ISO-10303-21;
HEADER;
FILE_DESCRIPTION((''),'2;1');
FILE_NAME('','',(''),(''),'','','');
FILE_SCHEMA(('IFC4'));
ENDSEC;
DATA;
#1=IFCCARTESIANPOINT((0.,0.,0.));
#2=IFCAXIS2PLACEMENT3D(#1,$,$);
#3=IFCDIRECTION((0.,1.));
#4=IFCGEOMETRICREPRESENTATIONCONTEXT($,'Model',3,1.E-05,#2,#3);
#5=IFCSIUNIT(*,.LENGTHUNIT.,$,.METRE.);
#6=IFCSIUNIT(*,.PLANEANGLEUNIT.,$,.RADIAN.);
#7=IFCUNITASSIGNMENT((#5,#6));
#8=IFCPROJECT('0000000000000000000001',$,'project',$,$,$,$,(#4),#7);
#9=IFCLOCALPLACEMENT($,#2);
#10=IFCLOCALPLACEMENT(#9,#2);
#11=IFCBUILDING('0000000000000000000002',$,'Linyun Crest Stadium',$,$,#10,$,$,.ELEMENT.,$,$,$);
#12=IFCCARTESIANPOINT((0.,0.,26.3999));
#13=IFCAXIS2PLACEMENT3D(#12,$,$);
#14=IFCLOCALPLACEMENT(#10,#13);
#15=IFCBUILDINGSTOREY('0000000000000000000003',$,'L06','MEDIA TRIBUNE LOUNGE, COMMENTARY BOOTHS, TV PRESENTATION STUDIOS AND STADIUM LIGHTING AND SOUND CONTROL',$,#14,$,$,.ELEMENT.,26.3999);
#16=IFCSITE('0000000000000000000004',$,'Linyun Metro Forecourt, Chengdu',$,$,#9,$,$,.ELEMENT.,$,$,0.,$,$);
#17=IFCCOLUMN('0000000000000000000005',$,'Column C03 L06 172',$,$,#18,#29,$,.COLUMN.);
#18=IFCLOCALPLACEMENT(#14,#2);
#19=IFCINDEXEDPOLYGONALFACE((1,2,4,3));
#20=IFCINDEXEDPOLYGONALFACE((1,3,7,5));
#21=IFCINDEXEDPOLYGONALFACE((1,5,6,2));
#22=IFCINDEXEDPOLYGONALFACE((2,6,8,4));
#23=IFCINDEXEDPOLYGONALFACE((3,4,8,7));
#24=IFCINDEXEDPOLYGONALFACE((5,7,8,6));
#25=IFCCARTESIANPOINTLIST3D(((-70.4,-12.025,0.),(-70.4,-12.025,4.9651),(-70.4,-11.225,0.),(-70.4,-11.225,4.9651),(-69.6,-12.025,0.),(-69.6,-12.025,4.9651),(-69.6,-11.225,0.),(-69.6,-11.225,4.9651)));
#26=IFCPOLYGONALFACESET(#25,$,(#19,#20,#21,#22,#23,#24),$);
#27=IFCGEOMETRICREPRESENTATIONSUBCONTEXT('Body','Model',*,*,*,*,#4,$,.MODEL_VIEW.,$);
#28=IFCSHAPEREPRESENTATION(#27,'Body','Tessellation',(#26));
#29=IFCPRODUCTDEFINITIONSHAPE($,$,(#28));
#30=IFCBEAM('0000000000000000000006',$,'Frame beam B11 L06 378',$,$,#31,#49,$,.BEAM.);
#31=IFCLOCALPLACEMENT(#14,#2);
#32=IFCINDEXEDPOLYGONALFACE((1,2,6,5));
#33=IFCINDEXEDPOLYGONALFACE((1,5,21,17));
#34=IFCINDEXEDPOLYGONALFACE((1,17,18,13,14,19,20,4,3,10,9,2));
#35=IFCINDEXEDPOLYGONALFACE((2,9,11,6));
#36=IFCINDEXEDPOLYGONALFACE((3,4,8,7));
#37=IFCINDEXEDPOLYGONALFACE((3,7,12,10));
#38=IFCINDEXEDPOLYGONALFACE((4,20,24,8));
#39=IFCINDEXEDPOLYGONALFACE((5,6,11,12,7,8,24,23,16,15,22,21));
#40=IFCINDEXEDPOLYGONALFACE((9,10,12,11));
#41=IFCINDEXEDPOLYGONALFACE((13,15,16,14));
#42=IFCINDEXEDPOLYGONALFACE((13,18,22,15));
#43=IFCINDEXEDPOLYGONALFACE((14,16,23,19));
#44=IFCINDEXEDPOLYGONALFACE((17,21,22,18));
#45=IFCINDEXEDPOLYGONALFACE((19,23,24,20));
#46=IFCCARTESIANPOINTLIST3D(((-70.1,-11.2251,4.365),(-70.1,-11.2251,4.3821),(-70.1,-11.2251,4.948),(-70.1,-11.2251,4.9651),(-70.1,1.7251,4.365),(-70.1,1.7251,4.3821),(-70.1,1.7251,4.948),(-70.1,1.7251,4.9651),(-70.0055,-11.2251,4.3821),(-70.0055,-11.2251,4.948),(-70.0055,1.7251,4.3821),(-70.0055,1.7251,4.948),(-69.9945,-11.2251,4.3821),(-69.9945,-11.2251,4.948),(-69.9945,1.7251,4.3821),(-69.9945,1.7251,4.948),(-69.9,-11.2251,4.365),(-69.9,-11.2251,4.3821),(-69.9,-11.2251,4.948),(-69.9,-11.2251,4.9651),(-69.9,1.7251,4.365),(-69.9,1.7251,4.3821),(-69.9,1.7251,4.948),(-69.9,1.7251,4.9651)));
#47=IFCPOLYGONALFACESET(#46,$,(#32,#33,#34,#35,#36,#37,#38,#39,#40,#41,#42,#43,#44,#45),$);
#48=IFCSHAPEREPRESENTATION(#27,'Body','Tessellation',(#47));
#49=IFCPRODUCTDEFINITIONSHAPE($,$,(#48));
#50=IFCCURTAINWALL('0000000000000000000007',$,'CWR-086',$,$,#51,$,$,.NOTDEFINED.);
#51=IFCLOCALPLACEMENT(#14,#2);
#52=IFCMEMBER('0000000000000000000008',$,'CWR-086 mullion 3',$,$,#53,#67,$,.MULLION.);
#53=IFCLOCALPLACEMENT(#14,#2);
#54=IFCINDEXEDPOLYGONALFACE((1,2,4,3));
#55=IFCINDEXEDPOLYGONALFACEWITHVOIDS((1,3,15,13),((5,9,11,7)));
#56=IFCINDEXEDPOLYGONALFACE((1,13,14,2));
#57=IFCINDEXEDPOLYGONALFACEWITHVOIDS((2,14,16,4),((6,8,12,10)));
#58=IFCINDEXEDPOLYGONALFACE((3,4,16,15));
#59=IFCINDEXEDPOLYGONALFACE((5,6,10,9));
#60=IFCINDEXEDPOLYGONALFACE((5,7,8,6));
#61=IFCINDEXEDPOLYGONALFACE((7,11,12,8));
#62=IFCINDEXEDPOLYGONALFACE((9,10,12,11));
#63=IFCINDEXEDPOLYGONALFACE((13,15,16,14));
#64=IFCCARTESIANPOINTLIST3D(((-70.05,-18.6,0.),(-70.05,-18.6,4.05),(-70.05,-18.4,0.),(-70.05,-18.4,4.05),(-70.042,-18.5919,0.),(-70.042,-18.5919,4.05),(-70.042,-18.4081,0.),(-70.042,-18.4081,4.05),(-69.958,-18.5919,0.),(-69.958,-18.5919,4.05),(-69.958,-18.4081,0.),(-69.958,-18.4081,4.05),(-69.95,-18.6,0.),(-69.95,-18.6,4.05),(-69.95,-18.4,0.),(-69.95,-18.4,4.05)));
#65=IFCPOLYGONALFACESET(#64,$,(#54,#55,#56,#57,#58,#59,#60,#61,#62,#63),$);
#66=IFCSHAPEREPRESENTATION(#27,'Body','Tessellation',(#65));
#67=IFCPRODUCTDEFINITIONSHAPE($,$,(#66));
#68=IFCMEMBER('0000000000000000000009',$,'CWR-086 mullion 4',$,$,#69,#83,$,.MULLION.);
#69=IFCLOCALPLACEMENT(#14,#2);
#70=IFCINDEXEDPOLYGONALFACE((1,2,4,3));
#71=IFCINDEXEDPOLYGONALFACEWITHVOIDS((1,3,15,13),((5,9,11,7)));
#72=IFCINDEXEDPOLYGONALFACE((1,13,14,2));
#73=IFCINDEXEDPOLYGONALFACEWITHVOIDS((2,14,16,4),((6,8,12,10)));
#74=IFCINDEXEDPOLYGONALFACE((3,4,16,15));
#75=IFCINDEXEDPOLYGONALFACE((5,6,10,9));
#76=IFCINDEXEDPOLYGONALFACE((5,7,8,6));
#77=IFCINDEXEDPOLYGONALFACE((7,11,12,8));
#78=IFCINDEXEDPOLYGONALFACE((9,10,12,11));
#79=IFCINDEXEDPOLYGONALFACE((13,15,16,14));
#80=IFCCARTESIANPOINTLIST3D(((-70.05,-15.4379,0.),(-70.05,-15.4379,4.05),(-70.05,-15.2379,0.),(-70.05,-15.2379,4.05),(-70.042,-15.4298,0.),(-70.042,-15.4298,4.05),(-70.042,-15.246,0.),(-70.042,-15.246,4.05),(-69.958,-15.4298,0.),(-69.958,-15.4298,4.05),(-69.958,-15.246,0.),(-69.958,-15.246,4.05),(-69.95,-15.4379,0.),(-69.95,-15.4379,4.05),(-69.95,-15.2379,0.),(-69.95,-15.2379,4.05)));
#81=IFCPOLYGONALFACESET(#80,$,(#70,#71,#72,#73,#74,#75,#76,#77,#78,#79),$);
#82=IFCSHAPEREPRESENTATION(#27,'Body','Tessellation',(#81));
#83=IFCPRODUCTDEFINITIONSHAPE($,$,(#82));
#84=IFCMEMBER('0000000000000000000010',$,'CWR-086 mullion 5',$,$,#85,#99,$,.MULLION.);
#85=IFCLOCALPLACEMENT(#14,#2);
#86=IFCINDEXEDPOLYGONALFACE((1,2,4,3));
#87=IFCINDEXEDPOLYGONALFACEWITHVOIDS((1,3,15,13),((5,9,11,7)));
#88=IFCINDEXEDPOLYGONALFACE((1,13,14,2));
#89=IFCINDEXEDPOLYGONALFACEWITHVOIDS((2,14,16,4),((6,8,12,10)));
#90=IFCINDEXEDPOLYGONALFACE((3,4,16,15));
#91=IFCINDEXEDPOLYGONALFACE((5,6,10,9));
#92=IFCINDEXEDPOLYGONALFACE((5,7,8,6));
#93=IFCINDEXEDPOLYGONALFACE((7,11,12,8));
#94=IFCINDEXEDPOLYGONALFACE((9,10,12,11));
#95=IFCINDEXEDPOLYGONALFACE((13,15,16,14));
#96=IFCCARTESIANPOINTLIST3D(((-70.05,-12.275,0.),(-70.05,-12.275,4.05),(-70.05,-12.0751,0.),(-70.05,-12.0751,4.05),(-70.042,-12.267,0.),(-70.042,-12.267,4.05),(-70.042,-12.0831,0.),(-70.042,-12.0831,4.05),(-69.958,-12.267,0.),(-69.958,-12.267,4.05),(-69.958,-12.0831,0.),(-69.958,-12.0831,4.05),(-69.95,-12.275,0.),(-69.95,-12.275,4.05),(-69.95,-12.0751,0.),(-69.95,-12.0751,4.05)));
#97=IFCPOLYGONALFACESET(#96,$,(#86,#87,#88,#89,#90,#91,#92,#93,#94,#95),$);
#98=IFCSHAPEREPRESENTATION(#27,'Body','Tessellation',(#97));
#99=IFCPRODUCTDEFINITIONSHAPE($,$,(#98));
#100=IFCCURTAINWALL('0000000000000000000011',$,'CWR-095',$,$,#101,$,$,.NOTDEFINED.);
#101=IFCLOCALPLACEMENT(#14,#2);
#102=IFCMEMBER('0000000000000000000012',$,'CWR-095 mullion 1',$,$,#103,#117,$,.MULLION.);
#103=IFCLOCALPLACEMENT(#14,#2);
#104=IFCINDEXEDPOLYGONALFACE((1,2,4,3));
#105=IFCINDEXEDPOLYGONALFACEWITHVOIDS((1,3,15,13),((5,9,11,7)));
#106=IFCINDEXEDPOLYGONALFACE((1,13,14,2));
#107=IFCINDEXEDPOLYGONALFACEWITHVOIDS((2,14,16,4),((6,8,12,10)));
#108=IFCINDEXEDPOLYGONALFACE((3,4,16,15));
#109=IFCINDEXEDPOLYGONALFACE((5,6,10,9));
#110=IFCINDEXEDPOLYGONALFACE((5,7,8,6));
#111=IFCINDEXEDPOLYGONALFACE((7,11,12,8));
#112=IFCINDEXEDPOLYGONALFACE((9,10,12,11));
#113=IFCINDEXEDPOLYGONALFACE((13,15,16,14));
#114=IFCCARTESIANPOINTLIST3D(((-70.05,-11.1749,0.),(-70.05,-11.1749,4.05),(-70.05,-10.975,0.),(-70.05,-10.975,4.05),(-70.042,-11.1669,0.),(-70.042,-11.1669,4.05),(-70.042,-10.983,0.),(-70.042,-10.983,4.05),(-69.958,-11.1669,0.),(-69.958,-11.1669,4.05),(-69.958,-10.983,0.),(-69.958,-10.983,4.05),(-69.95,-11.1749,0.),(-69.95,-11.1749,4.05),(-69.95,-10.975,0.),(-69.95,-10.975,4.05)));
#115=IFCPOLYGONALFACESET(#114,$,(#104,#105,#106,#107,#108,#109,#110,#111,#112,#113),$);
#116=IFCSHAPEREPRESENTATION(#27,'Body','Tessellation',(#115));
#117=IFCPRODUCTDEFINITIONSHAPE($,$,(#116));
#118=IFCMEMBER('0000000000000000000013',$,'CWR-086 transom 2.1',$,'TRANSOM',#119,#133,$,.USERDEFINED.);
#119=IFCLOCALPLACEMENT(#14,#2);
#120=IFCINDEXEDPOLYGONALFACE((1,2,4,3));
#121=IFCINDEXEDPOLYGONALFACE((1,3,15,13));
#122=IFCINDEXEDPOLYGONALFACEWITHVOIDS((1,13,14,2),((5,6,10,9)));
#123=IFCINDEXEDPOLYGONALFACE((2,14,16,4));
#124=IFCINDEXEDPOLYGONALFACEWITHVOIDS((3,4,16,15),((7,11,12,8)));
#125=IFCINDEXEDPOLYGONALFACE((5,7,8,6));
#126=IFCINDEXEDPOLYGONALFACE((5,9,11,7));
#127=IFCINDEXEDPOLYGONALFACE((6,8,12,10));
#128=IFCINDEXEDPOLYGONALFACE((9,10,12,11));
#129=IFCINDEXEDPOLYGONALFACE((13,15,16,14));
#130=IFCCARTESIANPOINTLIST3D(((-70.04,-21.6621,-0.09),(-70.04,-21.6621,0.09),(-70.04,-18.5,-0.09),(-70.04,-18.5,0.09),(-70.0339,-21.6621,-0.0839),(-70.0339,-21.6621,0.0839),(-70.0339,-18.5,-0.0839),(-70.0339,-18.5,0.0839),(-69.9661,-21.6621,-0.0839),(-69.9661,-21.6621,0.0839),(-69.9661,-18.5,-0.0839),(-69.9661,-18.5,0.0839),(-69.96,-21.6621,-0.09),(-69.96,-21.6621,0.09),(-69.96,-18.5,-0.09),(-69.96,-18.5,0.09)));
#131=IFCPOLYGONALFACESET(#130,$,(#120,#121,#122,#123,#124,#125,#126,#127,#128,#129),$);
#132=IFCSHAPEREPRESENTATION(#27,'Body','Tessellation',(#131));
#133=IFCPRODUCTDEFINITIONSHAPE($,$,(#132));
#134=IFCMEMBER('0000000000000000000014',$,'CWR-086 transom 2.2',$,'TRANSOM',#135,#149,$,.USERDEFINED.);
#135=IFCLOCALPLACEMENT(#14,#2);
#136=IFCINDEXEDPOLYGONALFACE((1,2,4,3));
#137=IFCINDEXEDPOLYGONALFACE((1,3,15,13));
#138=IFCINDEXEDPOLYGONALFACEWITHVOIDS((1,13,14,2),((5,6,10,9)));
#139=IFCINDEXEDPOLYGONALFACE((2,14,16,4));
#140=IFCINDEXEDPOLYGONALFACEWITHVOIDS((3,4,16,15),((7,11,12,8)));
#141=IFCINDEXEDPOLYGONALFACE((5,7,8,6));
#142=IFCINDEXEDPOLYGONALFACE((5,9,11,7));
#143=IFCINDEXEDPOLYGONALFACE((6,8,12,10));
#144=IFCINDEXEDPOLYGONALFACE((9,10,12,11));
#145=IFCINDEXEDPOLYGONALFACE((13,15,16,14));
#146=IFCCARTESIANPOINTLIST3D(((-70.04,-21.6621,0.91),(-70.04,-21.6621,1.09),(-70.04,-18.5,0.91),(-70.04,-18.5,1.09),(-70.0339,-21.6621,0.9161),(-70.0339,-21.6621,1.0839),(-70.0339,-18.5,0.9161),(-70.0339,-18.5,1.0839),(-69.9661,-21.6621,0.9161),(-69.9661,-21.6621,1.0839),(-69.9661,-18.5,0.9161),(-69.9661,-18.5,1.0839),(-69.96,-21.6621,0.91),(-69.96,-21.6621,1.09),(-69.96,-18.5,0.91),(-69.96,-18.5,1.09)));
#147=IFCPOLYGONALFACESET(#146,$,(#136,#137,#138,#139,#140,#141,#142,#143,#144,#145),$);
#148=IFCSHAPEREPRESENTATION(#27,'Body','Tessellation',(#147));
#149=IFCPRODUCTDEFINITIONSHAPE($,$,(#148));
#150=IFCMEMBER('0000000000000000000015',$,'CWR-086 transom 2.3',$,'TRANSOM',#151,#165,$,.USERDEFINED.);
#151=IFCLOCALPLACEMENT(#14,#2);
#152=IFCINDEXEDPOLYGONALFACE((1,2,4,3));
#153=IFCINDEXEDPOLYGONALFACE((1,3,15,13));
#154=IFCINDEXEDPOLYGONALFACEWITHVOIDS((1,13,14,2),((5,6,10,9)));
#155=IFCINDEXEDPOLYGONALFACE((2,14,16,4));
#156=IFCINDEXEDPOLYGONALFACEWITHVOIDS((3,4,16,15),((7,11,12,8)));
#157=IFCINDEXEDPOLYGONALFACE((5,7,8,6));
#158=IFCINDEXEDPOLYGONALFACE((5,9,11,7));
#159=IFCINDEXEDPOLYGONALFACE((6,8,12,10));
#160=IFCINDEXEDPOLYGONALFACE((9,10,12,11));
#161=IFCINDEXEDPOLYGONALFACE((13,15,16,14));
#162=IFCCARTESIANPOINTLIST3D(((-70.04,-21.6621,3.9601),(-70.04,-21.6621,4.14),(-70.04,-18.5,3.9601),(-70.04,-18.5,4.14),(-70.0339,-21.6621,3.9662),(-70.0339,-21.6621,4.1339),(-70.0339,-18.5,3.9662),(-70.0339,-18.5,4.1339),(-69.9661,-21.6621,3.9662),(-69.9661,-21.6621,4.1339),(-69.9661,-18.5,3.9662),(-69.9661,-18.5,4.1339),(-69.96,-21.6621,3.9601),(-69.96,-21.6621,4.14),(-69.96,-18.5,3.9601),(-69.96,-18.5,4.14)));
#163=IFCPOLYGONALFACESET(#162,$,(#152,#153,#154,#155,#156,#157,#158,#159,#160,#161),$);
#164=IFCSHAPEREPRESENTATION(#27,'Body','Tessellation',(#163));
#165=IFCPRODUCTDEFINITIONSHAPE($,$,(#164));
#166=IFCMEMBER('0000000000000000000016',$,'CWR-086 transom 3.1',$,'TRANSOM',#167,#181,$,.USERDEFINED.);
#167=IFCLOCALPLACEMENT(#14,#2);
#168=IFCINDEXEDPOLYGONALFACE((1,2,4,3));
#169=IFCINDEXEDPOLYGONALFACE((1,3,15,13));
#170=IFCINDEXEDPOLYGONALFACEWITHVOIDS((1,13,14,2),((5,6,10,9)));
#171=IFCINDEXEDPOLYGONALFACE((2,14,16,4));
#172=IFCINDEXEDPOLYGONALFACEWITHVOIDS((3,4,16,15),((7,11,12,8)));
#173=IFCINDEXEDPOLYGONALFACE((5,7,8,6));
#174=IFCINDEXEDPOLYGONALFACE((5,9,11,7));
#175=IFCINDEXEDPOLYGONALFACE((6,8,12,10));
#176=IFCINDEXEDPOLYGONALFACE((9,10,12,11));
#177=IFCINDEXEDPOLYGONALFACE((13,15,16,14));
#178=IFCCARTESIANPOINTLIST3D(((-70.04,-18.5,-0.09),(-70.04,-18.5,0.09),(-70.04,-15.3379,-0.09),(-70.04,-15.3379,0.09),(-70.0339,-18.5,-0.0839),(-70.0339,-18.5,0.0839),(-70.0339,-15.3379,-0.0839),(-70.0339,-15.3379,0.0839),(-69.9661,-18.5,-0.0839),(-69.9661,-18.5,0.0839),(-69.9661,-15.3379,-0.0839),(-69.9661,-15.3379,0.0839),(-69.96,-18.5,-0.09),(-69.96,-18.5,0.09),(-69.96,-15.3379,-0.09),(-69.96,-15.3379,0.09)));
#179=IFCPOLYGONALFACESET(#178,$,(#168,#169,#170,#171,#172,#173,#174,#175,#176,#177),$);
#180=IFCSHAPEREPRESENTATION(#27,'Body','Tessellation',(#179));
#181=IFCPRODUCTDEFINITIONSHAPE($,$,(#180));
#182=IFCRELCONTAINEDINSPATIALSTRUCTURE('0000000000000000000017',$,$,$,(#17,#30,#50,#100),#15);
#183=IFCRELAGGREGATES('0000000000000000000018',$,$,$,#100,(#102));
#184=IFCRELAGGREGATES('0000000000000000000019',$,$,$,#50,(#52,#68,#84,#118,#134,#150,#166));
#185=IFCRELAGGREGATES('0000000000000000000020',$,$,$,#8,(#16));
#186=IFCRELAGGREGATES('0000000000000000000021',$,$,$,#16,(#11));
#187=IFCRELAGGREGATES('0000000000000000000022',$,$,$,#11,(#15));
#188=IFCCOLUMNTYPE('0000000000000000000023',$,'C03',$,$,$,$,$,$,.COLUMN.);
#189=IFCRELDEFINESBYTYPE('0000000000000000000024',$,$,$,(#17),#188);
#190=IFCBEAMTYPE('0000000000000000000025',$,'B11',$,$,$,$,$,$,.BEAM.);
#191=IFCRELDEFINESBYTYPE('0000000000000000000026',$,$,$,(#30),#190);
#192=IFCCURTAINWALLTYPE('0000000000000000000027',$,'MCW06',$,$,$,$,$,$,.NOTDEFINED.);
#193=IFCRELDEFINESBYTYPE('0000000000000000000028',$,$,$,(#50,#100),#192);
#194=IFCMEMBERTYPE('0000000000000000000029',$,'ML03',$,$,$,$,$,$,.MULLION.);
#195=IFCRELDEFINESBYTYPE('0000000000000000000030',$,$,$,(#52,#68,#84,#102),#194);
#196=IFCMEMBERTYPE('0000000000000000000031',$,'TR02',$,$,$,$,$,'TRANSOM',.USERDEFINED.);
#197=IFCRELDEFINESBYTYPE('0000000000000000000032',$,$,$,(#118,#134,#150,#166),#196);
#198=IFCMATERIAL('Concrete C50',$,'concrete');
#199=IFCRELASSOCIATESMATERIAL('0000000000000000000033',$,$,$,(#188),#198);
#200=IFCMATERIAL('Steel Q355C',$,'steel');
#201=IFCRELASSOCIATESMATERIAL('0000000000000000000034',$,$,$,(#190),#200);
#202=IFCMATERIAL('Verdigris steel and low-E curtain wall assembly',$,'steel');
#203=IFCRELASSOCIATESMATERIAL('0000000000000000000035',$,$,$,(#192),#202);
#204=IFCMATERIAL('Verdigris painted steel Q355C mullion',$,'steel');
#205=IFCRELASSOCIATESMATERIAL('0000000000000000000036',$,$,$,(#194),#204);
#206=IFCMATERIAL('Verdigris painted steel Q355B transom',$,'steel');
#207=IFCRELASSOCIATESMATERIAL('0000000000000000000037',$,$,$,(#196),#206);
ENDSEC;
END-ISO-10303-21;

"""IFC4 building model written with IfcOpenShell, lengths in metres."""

from ifc_helpers import new_model, si_unit, direction, frame, origin, origin_2d, place, context, subcontext, project, spatial, rectangle, hollow_rectangle, i_section, extrude, material, material_profile, profile_set, type_object, element, aggregate, save


model = new_model("IFC4")

# Units and contexts
model_context = context("Model", 3, precision=1e-05, world=origin(), true_north=direction((0.0, 1.0)))
body_context = subcontext(model_context, "Body", "Model", "MODEL_VIEW")
ifc_project = project(units=[si_unit("LENGTHUNIT", "METRE"), si_unit("PLANEANGLEUNIT", "RADIAN")], contexts=[model_context])

# Site, building, storey
site_placement = place(None, origin())
site = spatial("IfcSite", under=ifc_project, at=site_placement, Name="Linyun Metro Forecourt, Chengdu", CompositionType="ELEMENT", RefElevation=0.0)
building_placement = place(site_placement, origin())
building = spatial("IfcBuilding", under=site, at=building_placement, Name="Linyun Crest Stadium", CompositionType="ELEMENT")
storey_placement = place(building_placement, frame((0.0, 0.0, 26.3999)))
storey = spatial("IfcBuildingStorey", under=building, at=storey_placement, Name="L06", Description="MEDIA TRIBUNE LOUNGE, COMMENTARY BOOTHS, TV PRESENTATION STUDIOS AND STADIUM LIGHTING AND SOUND CONTROL", CompositionType="ELEMENT", Elevation=26.3999)

# Column
ifc_material_1 = material(Name="Concrete C50", Category="concrete")
ifc_material_profile_1 = material_profile(ifc_material_1, rectangle(XDim=0.8, YDim=0.8, at=origin_2d()), Name="RC 800x800")
ifc_profile_set_1 = profile_set([ifc_material_profile_1], Name="Concrete C50")
column_type = type_object("IfcColumnType", Name="C03", PredefinedType="COLUMN", material=ifc_profile_set_1)
column_placement = place(storey_placement, frame((-70.0, -11.625, 0.0), z_axis=(0.0, 0.0, 1.0), x_axis=(1.0, 0.0, 0.0)))
element("IfcColumn", 1, at=column_placement, inside=storey, type_object=column_type, Name="Column C03 L06 172", PredefinedType="COLUMN", context=body_context, shape_type="SweptSolid", body=[
    extrude(rectangle(XDim=0.8, YDim=0.8, at=origin_2d()), origin(), (0.0, 0.0, 1.0), 4.9651),
])

# Beam
ifc_material_2 = material(Name="Steel Q355C", Category="steel")
ifc_material_profile_2 = material_profile(ifc_material_2, i_section(OverallWidth=0.2, OverallDepth=0.6001, WebThickness=0.011, FlangeThickness=0.0171, at=origin_2d()), Name="HN 600x200")
ifc_profile_set_2 = profile_set([ifc_material_profile_2], Name="Steel Q355C")
beam_type = type_object("IfcBeamType", Name="B11", PredefinedType="BEAM", material=ifc_profile_set_2)
beam_placement = place(storey_placement, frame((-70.0, -11.2251, 4.665), z_axis=(0.0, 1.0, 0.0), x_axis=(-1.0, 0.0, 0.0)))
element("IfcBeam", 2, at=beam_placement, inside=storey, type_object=beam_type, Name="Frame beam B11 L06 378", PredefinedType="BEAM", context=body_context, shape_type="SweptSolid", body=[
    extrude(i_section(OverallWidth=0.2, OverallDepth=0.6001, WebThickness=0.011, FlangeThickness=0.0171, at=origin_2d()), origin(), (0.0, 0.0, 1.0), 12.9502),
])

# Curtain wall, members
ifc_material_3 = material(Name="Verdigris steel and low-E curtain wall assembly", Category="steel")
curtain_wall_type = type_object("IfcCurtainWallType", Name="MCW06", PredefinedType="NOTDEFINED", material=ifc_material_3)
curtain_wall_1_placement = place(storey_placement, origin())
curtain_wall_1 = element("IfcCurtainWall", 3, at=curtain_wall_1_placement, inside=storey, type_object=curtain_wall_type, Name="CWR-086", PredefinedType="NOTDEFINED")
ifc_material_4 = material(Name="Verdigris painted steel Q355C mullion", Category="steel")
ifc_material_profile_3 = material_profile(ifc_material_4, hollow_rectangle(XDim=0.1001, YDim=0.2, WallThickness=0.0081, at=origin_2d()), Name="RHS 200x100x8")
ifc_profile_set_3 = profile_set([ifc_material_profile_3], Name="Verdigris painted steel Q355C mullion")
member_type_1 = type_object("IfcMemberType", Name="ML03", PredefinedType="MULLION", material=ifc_profile_set_3)
member_1_placement = place(storey_placement, frame((-70.0, -18.5, 0.0), z_axis=(0.0, 0.0, 1.0), x_axis=(-1.0, 0.0, 0.0)))
member_1 = element("IfcMember", 4, at=member_1_placement, type_object=member_type_1, Name="CWR-086 mullion 3", PredefinedType="MULLION", context=body_context, shape_type="SweptSolid", body=[
    extrude(hollow_rectangle(XDim=0.1001, YDim=0.2, WallThickness=0.0081, at=origin_2d()), origin(), (0.0, 0.0, 1.0), 4.05),
])
member_2_placement = place(storey_placement, frame((-70.0, -15.3379, 0.0), z_axis=(0.0, 0.0, 1.0), x_axis=(-1.0, 0.0, 0.0)))
member_2 = element("IfcMember", 5, at=member_2_placement, type_object=member_type_1, Name="CWR-086 mullion 4", PredefinedType="MULLION", context=body_context, shape_type="SweptSolid", body=[
    extrude(hollow_rectangle(XDim=0.1001, YDim=0.2, WallThickness=0.0081, at=origin_2d()), origin(), (0.0, 0.0, 1.0), 4.05),
])
member_3_placement = place(storey_placement, frame((-70.0, -12.175, 0.0), z_axis=(0.0, 0.0, 1.0), x_axis=(-1.0, 0.0, 0.0)))
member_3 = element("IfcMember", 6, at=member_3_placement, type_object=member_type_1, Name="CWR-086 mullion 5", PredefinedType="MULLION", context=body_context, shape_type="SweptSolid", body=[
    extrude(hollow_rectangle(XDim=0.1001, YDim=0.2, WallThickness=0.0081, at=origin_2d()), origin(), (0.0, 0.0, 1.0), 4.05),
])

# Curtain wall, member
curtain_wall_2_placement = place(storey_placement, origin())
curtain_wall_2 = element("IfcCurtainWall", 7, at=curtain_wall_2_placement, inside=storey, type_object=curtain_wall_type, Name="CWR-095", PredefinedType="NOTDEFINED")
member_4_placement = place(storey_placement, frame((-70.0, -11.075, 0.0), z_axis=(0.0, 0.0, 1.0), x_axis=(-1.0, 0.0, 0.0)))
member_4 = element("IfcMember", 8, at=member_4_placement, type_object=member_type_1, Name="CWR-095 mullion 1", PredefinedType="MULLION", context=body_context, shape_type="SweptSolid", body=[
    extrude(hollow_rectangle(XDim=0.1001, YDim=0.2, WallThickness=0.0081, at=origin_2d()), origin(), (0.0, 0.0, 1.0), 4.05),
])

# Members
ifc_material_5 = material(Name="Verdigris painted steel Q355B transom", Category="steel")
ifc_material_profile_4 = material_profile(ifc_material_5, hollow_rectangle(XDim=0.0801, YDim=0.1799, WallThickness=0.0061, at=origin_2d()), Name="RHS 180x80x6")
ifc_profile_set_4 = profile_set([ifc_material_profile_4], Name="Verdigris painted steel Q355B transom")
member_type_2 = type_object("IfcMemberType", Name="TR02", ElementType="TRANSOM", PredefinedType="USERDEFINED", material=ifc_profile_set_4)
member_5_placement = place(storey_placement, frame((-70.0, -21.6621, 0.0), z_axis=(0.0, 1.0, 0.0), x_axis=(-1.0, 0.0, 0.0)))
member_5 = element("IfcMember", 9, at=member_5_placement, type_object=member_type_2, Name="CWR-086 transom 2.1", ObjectType="TRANSOM", PredefinedType="USERDEFINED", context=body_context, shape_type="SweptSolid", body=[
    extrude(hollow_rectangle(XDim=0.0801, YDim=0.1799, WallThickness=0.0061, at=origin_2d()), origin(), (0.0, 0.0, 1.0), 3.1621),
])
member_6_placement = place(storey_placement, frame((-70.0, -21.6621, 1.0), z_axis=(0.0, 1.0, 0.0), x_axis=(-1.0, 0.0, 0.0)))
member_6 = element("IfcMember", 10, at=member_6_placement, type_object=member_type_2, Name="CWR-086 transom 2.2", ObjectType="TRANSOM", PredefinedType="USERDEFINED", context=body_context, shape_type="SweptSolid", body=[
    extrude(hollow_rectangle(XDim=0.0801, YDim=0.1799, WallThickness=0.0061, at=origin_2d()), origin(), (0.0, 0.0, 1.0), 3.1621),
])
member_7_placement = place(storey_placement, frame((-70.0, -21.6621, 4.05), z_axis=(0.0, 1.0, 0.0), x_axis=(-1.0, 0.0, 0.0)))
member_7 = element("IfcMember", 11, at=member_7_placement, type_object=member_type_2, Name="CWR-086 transom 2.3", ObjectType="TRANSOM", PredefinedType="USERDEFINED", context=body_context, shape_type="SweptSolid", body=[
    extrude(hollow_rectangle(XDim=0.0801, YDim=0.1799, WallThickness=0.0061, at=origin_2d()), origin(), (0.0, 0.0, 1.0), 3.1621),
])
member_8_placement = place(storey_placement, frame((-70.0, -18.5, 0.0), z_axis=(0.0, 1.0, 0.0), x_axis=(-1.0, 0.0, 0.0)))
member_8 = element("IfcMember", 12, at=member_8_placement, type_object=member_type_2, Name="CWR-086 transom 3.1", ObjectType="TRANSOM", PredefinedType="USERDEFINED", context=body_context, shape_type="SweptSolid", body=[
    extrude(hollow_rectangle(XDim=0.0801, YDim=0.1799, WallThickness=0.0061, at=origin_2d()), origin(), (0.0, 0.0, 1.0), 3.1621),
])
aggregate(curtain_wall_2, [member_4])

aggregate(curtain_wall_1, [member_1, member_2, member_3, member_5, member_6, member_7, member_8])

save(model, "model.ifc")
